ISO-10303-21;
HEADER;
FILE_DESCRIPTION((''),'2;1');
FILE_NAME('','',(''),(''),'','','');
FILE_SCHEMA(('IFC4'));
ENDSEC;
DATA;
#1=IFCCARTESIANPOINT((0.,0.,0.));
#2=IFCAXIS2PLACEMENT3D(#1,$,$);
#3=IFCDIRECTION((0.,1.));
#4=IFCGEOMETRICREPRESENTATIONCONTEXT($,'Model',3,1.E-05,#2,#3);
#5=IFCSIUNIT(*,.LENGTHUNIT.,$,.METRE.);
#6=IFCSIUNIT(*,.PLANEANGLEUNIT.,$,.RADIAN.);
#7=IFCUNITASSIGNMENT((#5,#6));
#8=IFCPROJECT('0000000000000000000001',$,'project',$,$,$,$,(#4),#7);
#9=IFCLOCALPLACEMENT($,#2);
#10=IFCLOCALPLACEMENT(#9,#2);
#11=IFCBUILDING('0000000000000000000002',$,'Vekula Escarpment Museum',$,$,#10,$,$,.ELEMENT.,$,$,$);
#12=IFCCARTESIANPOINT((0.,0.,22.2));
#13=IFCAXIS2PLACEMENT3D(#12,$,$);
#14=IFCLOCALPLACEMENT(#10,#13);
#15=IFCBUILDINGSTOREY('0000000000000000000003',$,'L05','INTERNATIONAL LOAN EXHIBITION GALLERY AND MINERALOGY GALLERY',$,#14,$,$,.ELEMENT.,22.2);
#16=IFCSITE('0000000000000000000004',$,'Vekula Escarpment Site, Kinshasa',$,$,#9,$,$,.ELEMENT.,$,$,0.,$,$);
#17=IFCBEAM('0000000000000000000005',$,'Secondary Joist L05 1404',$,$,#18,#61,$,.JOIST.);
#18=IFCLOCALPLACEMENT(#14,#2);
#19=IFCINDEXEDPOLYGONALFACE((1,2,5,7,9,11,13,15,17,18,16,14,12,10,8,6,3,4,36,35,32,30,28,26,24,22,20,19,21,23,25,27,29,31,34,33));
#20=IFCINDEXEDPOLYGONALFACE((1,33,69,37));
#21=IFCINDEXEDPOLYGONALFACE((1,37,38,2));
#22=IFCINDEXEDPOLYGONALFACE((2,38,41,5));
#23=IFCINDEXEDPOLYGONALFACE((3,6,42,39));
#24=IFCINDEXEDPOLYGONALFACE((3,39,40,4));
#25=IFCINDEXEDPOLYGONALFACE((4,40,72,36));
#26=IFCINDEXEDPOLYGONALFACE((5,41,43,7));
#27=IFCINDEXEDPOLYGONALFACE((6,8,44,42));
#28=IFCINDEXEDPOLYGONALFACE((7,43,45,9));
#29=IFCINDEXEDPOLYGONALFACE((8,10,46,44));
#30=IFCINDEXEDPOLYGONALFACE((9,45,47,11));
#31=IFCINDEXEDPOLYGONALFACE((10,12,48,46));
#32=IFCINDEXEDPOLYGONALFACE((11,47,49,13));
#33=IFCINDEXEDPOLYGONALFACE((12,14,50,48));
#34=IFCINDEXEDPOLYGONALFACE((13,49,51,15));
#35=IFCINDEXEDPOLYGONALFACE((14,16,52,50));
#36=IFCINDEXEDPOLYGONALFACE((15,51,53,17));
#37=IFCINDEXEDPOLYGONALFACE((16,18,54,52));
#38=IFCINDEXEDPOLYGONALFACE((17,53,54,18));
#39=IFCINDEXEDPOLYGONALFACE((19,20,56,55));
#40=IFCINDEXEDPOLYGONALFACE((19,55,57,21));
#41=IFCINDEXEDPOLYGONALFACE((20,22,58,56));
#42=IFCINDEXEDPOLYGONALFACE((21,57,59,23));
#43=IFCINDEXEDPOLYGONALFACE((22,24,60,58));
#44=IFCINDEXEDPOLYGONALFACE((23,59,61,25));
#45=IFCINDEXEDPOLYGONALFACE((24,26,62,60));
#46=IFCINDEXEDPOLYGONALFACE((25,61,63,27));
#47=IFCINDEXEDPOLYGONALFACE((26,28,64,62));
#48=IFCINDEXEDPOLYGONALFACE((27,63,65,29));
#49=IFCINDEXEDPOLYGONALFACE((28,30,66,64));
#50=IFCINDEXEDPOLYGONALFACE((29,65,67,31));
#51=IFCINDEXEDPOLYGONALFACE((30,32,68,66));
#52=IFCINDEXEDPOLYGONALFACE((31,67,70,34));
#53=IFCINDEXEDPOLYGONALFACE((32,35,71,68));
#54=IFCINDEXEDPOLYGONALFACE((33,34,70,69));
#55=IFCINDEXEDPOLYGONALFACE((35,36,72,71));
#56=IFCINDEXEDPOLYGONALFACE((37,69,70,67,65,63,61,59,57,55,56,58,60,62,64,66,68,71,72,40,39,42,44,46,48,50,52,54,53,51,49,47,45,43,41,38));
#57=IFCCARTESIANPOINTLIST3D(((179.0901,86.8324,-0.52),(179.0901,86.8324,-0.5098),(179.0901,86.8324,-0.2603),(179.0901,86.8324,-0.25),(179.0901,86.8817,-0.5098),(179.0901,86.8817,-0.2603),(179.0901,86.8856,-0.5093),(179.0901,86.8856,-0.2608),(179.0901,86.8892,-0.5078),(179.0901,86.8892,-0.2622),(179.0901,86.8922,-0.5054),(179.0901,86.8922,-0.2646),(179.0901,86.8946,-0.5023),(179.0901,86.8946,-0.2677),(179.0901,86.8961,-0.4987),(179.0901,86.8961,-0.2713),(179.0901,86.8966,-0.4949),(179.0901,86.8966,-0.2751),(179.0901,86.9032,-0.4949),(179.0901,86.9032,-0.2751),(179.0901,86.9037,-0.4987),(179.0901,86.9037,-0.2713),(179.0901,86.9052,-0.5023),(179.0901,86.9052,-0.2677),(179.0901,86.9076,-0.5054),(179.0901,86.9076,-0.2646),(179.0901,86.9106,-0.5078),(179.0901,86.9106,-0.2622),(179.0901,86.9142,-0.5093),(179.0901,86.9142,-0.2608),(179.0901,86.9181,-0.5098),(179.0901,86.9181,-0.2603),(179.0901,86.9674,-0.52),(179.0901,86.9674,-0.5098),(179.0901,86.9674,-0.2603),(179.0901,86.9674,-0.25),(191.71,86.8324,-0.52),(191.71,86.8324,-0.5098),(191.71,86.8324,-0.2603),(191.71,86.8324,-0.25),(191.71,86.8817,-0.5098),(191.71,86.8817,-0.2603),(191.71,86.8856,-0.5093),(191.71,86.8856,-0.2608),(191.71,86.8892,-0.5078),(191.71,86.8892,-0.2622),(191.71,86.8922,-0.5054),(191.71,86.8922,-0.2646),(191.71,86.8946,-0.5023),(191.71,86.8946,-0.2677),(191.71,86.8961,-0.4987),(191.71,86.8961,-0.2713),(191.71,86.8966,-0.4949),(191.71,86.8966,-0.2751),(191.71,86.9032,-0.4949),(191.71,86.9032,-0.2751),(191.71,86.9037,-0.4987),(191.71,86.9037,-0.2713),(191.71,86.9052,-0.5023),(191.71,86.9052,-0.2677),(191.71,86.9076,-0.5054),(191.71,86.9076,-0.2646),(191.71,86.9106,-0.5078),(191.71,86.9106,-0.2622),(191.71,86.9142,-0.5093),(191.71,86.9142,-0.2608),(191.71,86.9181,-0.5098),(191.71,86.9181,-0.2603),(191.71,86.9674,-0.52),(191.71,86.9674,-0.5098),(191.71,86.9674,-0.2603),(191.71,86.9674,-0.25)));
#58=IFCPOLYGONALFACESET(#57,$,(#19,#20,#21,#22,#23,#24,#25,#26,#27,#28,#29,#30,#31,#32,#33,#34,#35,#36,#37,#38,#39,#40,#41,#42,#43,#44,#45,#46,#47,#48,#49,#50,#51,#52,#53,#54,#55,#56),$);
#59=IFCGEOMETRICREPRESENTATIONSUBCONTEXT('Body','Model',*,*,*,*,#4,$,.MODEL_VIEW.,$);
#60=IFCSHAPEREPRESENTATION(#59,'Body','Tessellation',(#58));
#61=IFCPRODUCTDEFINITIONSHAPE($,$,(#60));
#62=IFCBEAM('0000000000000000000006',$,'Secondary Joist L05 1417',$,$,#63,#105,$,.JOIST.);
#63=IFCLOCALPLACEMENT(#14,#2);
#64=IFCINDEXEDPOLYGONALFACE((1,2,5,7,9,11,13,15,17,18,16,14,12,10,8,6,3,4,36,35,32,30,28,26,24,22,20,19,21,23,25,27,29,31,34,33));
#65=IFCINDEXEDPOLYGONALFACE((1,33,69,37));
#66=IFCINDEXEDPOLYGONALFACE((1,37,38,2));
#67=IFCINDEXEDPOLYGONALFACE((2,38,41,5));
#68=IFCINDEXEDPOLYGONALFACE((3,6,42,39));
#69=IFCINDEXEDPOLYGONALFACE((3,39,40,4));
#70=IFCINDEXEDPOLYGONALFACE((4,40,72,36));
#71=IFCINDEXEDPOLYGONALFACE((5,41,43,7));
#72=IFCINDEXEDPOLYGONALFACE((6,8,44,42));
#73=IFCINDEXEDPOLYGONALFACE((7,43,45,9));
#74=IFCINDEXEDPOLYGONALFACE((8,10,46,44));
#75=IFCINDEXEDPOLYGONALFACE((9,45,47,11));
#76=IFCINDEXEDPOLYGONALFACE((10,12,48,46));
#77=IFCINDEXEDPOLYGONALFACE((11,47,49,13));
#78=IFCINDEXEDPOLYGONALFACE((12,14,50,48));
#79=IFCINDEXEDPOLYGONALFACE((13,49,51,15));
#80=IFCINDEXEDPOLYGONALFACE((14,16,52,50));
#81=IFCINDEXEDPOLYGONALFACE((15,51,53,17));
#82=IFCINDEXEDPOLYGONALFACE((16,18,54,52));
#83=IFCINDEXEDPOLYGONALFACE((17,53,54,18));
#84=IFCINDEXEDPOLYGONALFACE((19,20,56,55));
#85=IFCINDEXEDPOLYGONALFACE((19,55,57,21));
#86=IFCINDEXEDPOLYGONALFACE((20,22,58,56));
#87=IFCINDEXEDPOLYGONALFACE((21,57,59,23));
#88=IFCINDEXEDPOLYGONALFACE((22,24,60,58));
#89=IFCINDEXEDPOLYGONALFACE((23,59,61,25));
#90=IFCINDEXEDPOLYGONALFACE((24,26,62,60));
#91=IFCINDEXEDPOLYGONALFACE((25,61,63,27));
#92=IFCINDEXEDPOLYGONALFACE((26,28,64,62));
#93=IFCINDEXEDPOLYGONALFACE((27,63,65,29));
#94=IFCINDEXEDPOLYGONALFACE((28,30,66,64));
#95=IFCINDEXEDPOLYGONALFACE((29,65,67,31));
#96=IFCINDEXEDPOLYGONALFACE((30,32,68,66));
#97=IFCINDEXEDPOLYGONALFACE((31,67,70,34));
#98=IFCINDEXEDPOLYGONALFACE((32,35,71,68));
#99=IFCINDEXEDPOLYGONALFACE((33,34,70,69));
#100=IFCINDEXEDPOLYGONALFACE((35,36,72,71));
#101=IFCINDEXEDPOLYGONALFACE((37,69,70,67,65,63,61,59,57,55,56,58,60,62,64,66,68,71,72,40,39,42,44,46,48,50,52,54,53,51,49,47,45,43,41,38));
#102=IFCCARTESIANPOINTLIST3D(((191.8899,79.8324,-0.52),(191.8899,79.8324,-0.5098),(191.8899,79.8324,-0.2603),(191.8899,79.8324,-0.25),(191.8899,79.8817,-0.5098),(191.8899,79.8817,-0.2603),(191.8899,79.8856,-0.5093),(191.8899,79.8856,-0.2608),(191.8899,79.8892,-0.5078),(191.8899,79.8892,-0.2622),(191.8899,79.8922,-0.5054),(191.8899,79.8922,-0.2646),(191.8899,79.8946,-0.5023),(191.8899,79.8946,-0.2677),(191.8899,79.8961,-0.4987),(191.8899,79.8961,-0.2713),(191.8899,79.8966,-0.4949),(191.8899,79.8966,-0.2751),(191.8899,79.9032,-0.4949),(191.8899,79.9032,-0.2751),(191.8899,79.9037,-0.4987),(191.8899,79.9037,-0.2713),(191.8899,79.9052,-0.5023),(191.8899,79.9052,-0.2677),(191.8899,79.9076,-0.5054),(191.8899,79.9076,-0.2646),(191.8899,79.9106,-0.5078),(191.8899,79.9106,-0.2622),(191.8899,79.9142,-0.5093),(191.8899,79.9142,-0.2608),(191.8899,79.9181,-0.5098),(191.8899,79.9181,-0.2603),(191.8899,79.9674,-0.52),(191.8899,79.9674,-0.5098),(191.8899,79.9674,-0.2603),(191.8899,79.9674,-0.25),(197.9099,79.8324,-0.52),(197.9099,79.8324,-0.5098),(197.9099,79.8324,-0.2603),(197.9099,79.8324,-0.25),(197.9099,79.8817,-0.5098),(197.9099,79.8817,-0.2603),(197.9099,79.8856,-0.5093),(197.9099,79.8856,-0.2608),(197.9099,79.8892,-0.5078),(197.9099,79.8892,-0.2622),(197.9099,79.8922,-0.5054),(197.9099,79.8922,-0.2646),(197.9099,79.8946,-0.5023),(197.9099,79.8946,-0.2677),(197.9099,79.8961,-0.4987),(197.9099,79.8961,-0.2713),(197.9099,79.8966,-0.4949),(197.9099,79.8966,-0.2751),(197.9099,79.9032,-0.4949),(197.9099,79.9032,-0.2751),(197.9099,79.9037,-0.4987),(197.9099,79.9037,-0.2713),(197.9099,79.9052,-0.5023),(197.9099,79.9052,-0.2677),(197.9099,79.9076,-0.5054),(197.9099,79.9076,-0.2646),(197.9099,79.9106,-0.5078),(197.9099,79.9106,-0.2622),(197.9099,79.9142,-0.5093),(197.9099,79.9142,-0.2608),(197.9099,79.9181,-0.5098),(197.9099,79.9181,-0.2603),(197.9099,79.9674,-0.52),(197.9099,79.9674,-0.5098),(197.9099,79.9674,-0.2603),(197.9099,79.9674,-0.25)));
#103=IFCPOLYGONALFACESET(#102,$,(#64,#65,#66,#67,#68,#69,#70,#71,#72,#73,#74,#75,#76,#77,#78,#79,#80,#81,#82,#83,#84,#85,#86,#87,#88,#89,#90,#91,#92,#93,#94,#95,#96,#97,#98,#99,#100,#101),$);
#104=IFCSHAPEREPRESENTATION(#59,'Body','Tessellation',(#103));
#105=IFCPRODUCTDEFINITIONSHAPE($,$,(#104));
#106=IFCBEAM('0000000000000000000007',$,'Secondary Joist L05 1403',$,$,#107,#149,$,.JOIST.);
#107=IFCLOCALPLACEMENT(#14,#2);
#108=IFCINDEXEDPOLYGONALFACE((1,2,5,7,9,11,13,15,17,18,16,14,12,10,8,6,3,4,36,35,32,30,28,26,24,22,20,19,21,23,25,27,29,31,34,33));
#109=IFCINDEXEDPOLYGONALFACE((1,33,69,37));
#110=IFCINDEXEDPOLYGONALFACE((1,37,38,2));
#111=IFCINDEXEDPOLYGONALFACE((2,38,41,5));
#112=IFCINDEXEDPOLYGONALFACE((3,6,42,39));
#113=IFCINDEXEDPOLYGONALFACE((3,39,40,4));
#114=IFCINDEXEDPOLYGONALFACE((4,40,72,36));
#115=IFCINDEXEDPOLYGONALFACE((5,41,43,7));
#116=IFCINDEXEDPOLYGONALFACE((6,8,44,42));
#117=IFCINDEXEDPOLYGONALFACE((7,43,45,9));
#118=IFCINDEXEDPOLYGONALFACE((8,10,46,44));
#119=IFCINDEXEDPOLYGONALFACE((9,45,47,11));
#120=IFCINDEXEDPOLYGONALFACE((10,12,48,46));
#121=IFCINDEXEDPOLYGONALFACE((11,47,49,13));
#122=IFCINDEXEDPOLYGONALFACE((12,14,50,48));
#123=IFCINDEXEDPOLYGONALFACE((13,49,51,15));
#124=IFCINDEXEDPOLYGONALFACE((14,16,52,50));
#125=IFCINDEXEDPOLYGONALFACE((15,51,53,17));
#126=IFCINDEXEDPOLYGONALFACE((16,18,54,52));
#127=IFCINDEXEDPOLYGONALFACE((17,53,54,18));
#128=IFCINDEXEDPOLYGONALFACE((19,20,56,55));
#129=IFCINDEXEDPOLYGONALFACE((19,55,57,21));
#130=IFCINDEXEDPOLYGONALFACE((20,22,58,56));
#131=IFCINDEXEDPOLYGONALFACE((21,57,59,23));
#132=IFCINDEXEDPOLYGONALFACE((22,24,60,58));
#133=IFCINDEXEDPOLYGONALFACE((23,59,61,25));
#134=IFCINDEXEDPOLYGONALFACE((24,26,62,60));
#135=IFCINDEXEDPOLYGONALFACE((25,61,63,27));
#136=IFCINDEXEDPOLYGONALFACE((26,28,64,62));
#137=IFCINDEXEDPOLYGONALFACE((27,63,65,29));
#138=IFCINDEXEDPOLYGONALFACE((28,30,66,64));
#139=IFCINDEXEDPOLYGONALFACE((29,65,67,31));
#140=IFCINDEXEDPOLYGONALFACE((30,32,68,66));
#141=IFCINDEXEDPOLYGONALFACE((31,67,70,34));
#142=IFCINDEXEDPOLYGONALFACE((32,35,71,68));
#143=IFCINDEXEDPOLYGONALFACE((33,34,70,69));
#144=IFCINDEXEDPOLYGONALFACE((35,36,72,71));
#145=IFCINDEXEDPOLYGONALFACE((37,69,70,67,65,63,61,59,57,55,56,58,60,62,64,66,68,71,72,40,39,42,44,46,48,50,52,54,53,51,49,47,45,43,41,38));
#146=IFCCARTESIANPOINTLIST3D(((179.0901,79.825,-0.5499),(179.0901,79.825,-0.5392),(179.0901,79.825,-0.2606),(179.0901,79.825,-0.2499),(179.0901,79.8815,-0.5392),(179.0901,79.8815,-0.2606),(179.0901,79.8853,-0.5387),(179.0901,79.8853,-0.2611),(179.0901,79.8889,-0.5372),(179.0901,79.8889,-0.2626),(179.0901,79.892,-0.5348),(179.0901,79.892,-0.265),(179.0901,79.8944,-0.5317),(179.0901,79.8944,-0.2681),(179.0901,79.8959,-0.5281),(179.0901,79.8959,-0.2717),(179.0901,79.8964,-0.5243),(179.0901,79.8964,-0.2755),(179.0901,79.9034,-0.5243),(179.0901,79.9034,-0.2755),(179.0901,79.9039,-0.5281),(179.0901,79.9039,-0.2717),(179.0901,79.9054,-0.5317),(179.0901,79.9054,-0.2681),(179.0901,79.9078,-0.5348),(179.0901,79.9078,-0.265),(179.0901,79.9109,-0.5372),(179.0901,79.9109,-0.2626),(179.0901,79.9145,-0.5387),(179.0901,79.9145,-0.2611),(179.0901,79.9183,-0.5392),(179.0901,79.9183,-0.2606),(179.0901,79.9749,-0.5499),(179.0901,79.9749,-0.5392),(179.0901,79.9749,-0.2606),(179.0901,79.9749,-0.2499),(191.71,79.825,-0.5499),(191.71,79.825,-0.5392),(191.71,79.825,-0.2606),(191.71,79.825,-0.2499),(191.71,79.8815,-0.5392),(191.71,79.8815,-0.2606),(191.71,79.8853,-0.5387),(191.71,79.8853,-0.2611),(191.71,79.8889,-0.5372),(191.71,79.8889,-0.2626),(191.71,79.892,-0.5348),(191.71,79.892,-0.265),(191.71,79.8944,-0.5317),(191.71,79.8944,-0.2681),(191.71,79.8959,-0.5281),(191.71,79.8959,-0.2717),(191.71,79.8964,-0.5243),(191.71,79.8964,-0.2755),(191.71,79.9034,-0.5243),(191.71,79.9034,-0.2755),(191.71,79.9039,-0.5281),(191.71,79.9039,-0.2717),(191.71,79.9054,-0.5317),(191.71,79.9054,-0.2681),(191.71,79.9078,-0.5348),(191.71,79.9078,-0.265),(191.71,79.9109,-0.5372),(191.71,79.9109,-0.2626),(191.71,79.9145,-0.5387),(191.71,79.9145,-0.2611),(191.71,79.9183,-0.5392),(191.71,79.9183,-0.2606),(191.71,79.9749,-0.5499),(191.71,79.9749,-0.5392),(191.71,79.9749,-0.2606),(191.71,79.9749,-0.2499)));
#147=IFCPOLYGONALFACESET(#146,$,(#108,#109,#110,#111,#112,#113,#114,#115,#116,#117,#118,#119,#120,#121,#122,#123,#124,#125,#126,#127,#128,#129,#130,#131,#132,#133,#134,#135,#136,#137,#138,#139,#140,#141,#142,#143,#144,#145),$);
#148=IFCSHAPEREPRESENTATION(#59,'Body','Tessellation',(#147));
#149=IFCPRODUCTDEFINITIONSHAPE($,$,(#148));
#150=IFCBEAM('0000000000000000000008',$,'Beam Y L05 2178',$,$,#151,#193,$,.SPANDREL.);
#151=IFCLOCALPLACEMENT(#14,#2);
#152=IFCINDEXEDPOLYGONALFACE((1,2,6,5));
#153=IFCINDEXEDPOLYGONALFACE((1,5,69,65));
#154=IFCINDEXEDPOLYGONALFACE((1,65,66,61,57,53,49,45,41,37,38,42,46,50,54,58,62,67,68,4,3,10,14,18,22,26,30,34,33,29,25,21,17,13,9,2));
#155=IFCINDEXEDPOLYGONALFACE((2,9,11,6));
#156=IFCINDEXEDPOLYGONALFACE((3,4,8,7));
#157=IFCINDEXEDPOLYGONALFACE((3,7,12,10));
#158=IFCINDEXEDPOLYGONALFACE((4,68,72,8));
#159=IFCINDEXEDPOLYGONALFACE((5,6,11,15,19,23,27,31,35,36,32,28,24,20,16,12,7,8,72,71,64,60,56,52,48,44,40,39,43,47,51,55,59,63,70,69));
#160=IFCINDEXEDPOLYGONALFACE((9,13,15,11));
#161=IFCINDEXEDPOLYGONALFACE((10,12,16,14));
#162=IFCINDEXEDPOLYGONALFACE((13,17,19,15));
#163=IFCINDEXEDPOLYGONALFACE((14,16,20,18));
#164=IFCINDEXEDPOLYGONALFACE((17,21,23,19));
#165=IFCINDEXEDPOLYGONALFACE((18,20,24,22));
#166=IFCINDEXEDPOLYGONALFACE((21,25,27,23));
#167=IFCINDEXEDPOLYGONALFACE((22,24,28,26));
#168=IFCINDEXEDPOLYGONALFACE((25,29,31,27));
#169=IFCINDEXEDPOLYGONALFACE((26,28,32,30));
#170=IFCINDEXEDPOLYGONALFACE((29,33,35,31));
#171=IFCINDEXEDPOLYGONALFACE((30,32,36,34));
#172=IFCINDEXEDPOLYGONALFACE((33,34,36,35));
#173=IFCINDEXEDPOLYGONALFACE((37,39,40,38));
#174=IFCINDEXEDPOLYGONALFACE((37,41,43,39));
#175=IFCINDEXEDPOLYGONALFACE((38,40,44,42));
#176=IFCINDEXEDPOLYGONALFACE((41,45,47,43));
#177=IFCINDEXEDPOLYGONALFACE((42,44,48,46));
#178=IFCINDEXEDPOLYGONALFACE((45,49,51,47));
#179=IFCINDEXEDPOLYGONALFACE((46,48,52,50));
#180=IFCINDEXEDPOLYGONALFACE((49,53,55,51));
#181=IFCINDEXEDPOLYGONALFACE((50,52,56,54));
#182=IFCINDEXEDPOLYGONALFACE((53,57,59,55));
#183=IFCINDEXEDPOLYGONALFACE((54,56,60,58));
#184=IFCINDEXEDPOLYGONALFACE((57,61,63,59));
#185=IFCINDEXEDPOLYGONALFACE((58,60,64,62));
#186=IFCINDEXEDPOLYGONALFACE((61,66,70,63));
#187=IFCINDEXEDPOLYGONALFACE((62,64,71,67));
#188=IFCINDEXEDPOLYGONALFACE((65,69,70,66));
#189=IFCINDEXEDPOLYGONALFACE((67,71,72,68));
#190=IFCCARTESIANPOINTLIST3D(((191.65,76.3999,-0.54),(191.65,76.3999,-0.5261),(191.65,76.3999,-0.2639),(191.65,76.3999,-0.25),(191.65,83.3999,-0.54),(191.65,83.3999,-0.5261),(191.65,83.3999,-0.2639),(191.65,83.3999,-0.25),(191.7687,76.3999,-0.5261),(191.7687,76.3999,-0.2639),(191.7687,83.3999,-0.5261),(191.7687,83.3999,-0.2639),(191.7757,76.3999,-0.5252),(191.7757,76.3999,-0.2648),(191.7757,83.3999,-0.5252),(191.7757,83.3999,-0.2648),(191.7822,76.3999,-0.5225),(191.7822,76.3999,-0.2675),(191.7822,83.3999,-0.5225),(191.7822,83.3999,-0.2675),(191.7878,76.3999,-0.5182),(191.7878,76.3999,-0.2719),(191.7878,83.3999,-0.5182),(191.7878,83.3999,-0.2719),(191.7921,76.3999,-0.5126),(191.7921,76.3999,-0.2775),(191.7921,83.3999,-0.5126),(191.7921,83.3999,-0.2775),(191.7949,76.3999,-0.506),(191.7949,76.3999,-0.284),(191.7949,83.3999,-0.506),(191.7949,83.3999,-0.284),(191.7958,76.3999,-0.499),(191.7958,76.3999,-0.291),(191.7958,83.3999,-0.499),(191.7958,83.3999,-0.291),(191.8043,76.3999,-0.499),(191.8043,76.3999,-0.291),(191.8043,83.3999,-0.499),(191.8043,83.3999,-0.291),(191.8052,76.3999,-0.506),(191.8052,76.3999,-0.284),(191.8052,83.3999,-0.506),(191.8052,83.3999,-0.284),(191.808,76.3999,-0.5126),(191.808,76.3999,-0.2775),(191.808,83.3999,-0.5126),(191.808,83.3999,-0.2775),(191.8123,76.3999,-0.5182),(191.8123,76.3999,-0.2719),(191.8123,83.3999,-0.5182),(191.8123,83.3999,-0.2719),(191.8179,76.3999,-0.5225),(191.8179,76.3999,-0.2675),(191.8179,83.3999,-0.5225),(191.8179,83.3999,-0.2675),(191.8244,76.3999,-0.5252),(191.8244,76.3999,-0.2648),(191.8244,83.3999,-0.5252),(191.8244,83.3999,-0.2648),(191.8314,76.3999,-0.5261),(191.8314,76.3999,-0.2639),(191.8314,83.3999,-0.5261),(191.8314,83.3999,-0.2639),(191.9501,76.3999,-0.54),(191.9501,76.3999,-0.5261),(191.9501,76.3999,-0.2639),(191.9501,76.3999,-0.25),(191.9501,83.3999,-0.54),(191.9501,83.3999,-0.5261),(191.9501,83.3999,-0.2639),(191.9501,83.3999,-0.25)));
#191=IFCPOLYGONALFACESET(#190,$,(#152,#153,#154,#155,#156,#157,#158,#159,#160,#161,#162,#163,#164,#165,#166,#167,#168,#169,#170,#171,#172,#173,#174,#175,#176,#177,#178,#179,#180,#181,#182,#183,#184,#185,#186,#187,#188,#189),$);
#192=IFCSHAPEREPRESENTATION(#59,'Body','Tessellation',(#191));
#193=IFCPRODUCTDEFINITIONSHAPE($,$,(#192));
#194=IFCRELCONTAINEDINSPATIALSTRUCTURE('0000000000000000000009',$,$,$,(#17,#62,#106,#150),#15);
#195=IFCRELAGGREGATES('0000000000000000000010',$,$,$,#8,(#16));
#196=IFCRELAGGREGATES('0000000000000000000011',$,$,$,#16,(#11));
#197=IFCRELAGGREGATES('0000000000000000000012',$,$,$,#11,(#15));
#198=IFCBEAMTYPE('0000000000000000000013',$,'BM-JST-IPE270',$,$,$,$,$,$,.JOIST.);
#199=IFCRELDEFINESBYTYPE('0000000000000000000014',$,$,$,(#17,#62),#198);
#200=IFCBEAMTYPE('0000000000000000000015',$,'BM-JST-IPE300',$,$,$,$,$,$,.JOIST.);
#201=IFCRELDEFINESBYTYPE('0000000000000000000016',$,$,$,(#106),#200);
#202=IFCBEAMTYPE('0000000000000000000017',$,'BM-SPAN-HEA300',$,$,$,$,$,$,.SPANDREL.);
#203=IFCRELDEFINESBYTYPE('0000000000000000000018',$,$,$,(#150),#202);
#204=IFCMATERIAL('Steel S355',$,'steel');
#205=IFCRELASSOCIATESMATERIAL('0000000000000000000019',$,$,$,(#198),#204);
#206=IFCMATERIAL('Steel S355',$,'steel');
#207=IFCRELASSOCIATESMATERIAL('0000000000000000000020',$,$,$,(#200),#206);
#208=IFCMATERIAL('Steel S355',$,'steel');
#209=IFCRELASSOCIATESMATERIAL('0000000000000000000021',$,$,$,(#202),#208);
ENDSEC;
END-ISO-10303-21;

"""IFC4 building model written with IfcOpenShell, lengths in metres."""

from ifc_helpers import new_model, si_unit, direction, frame, origin, origin_2d, place, context, subcontext, project, spatial, i_section, extrude, material, material_profile, profile_set, type_object, element, save


model = new_model("IFC4")

# Units and contexts
model_context = context("Model", 3, precision=1e-05, world=origin(), true_north=direction((0.0, 1.0)))
body_context = subcontext(model_context, "Body", "Model", "MODEL_VIEW")
ifc_project = project(units=[si_unit("LENGTHUNIT", "METRE"), si_unit("PLANEANGLEUNIT", "RADIAN")], contexts=[model_context])

# Site, building, storey
site_placement = place(None, origin())
site = spatial("IfcSite", under=ifc_project, at=site_placement, Name="Vekula Escarpment Site, Kinshasa", CompositionType="ELEMENT", RefElevation=0.0)
building_placement = place(site_placement, origin())
building = spatial("IfcBuilding", under=site, at=building_placement, Name="Vekula Escarpment Museum", CompositionType="ELEMENT")
storey_placement = place(building_placement, frame((0.0, 0.0, 22.2)))
storey = spatial("IfcBuildingStorey", under=building, at=storey_placement, Name="L05", Description="INTERNATIONAL LOAN EXHIBITION GALLERY AND MINERALOGY GALLERY", CompositionType="ELEMENT", Elevation=22.2)

# Beams
ifc_material_1 = material(Name="Steel S355", Category="steel")
ifc_material_profile_1 = material_profile(ifc_material_1, i_section(OverallWidth=0.135, OverallDepth=0.27, WebThickness=0.0066, FlangeThickness=0.0103, FilletRadius=0.0149, at=origin_2d()), Name="IPE 270")
ifc_profile_set_1 = profile_set([ifc_material_profile_1], Name="Steel S355")
beam_type_1 = type_object("IfcBeamType", Name="BM-JST-IPE270", PredefinedType="JOIST", material=ifc_profile_set_1)
beam_1_placement = place(storey_placement, frame((179.0901, 86.8999, -0.385), z_axis=(1.0, 0.0, 0.0), x_axis=(0.0, 1.0, 0.0)))
element("IfcBeam", 1, at=beam_1_placement, inside=storey, type_object=beam_type_1, Name="Secondary Joist L05 1404", PredefinedType="JOIST", context=body_context, shape_type="SweptSolid", body=[
    extrude(i_section(OverallWidth=0.135, OverallDepth=0.27, WebThickness=0.0066, FlangeThickness=0.0103, FilletRadius=0.0149, at=origin_2d()), origin(), (0.0, 0.0, 1.0), 12.6199),
])
beam_2_placement = place(storey_placement, frame((191.8899, 79.8999, -0.385), z_axis=(1.0, 0.0, 0.0), x_axis=(0.0, 1.0, 0.0)))
element("IfcBeam", 2, at=beam_2_placement, inside=storey, type_object=beam_type_1, Name="Secondary Joist L05 1417", PredefinedType="JOIST", context=body_context, shape_type="SweptSolid", body=[
    extrude(i_section(OverallWidth=0.135, OverallDepth=0.27, WebThickness=0.0066, FlangeThickness=0.0103, FilletRadius=0.0149, at=origin_2d()), origin(), (0.0, 0.0, 1.0), 6.02),
])
ifc_material_2 = material(Name="Steel S355", Category="steel")
ifc_material_profile_2 = material_profile(ifc_material_2, i_section(OverallWidth=0.1499, OverallDepth=0.3, WebThickness=0.0071, FlangeThickness=0.0107, FilletRadius=0.0149, at=origin_2d()), Name="IPE 300")
ifc_profile_set_2 = profile_set([ifc_material_profile_2], Name="Steel S355")
beam_type_2 = type_object("IfcBeamType", Name="BM-JST-IPE300", PredefinedType="JOIST", material=ifc_profile_set_2)
beam_3_placement = place(storey_placement, frame((179.0901, 79.8999, -0.3999), z_axis=(1.0, 0.0, 0.0), x_axis=(0.0, 1.0, 0.0)))
element("IfcBeam", 3, at=beam_3_placement, inside=storey, type_object=beam_type_2, Name="Secondary Joist L05 1403", PredefinedType="JOIST", context=body_context, shape_type="SweptSolid", body=[
    extrude(i_section(OverallWidth=0.1499, OverallDepth=0.3, WebThickness=0.0071, FlangeThickness=0.0107, FilletRadius=0.0149, at=origin_2d()), origin(), (0.0, 0.0, 1.0), 12.6199),
])
ifc_material_3 = material(Name="Steel S355", Category="steel")
ifc_material_profile_3 = material_profile(ifc_material_3, i_section(OverallWidth=0.3, OverallDepth=0.29, WebThickness=0.0085, FlangeThickness=0.0139, FilletRadius=0.0271, at=origin_2d()), Name="HEA 300")
ifc_profile_set_3 = profile_set([ifc_material_profile_3], Name="Steel S355")
beam_type_3 = type_object("IfcBeamType", Name="BM-SPAN-HEA300", PredefinedType="SPANDREL", material=ifc_profile_set_3)
for number, where, z_axis, x_axis, name in (
    (4, (191.8, 76.3999, -0.395), (0.0, 1.0, 0.0), (-1.0, 0.0, 0.0), "Beam Y L05 2178"),
):
    element("IfcBeam", number, at=place(storey_placement, frame(where, z_axis=z_axis, x_axis=x_axis)), inside=storey, type_object=beam_type_3, Name=name, PredefinedType="SPANDREL", context=body_context, shape_type="SweptSolid", body=[
        extrude(i_section(OverallWidth=0.3, OverallDepth=0.29, WebThickness=0.0085, FlangeThickness=0.0139, FilletRadius=0.0271, at=origin_2d()), origin(), (0.0, 0.0, 1.0), 7.0),
    ])

save(model, "model.ifc")
